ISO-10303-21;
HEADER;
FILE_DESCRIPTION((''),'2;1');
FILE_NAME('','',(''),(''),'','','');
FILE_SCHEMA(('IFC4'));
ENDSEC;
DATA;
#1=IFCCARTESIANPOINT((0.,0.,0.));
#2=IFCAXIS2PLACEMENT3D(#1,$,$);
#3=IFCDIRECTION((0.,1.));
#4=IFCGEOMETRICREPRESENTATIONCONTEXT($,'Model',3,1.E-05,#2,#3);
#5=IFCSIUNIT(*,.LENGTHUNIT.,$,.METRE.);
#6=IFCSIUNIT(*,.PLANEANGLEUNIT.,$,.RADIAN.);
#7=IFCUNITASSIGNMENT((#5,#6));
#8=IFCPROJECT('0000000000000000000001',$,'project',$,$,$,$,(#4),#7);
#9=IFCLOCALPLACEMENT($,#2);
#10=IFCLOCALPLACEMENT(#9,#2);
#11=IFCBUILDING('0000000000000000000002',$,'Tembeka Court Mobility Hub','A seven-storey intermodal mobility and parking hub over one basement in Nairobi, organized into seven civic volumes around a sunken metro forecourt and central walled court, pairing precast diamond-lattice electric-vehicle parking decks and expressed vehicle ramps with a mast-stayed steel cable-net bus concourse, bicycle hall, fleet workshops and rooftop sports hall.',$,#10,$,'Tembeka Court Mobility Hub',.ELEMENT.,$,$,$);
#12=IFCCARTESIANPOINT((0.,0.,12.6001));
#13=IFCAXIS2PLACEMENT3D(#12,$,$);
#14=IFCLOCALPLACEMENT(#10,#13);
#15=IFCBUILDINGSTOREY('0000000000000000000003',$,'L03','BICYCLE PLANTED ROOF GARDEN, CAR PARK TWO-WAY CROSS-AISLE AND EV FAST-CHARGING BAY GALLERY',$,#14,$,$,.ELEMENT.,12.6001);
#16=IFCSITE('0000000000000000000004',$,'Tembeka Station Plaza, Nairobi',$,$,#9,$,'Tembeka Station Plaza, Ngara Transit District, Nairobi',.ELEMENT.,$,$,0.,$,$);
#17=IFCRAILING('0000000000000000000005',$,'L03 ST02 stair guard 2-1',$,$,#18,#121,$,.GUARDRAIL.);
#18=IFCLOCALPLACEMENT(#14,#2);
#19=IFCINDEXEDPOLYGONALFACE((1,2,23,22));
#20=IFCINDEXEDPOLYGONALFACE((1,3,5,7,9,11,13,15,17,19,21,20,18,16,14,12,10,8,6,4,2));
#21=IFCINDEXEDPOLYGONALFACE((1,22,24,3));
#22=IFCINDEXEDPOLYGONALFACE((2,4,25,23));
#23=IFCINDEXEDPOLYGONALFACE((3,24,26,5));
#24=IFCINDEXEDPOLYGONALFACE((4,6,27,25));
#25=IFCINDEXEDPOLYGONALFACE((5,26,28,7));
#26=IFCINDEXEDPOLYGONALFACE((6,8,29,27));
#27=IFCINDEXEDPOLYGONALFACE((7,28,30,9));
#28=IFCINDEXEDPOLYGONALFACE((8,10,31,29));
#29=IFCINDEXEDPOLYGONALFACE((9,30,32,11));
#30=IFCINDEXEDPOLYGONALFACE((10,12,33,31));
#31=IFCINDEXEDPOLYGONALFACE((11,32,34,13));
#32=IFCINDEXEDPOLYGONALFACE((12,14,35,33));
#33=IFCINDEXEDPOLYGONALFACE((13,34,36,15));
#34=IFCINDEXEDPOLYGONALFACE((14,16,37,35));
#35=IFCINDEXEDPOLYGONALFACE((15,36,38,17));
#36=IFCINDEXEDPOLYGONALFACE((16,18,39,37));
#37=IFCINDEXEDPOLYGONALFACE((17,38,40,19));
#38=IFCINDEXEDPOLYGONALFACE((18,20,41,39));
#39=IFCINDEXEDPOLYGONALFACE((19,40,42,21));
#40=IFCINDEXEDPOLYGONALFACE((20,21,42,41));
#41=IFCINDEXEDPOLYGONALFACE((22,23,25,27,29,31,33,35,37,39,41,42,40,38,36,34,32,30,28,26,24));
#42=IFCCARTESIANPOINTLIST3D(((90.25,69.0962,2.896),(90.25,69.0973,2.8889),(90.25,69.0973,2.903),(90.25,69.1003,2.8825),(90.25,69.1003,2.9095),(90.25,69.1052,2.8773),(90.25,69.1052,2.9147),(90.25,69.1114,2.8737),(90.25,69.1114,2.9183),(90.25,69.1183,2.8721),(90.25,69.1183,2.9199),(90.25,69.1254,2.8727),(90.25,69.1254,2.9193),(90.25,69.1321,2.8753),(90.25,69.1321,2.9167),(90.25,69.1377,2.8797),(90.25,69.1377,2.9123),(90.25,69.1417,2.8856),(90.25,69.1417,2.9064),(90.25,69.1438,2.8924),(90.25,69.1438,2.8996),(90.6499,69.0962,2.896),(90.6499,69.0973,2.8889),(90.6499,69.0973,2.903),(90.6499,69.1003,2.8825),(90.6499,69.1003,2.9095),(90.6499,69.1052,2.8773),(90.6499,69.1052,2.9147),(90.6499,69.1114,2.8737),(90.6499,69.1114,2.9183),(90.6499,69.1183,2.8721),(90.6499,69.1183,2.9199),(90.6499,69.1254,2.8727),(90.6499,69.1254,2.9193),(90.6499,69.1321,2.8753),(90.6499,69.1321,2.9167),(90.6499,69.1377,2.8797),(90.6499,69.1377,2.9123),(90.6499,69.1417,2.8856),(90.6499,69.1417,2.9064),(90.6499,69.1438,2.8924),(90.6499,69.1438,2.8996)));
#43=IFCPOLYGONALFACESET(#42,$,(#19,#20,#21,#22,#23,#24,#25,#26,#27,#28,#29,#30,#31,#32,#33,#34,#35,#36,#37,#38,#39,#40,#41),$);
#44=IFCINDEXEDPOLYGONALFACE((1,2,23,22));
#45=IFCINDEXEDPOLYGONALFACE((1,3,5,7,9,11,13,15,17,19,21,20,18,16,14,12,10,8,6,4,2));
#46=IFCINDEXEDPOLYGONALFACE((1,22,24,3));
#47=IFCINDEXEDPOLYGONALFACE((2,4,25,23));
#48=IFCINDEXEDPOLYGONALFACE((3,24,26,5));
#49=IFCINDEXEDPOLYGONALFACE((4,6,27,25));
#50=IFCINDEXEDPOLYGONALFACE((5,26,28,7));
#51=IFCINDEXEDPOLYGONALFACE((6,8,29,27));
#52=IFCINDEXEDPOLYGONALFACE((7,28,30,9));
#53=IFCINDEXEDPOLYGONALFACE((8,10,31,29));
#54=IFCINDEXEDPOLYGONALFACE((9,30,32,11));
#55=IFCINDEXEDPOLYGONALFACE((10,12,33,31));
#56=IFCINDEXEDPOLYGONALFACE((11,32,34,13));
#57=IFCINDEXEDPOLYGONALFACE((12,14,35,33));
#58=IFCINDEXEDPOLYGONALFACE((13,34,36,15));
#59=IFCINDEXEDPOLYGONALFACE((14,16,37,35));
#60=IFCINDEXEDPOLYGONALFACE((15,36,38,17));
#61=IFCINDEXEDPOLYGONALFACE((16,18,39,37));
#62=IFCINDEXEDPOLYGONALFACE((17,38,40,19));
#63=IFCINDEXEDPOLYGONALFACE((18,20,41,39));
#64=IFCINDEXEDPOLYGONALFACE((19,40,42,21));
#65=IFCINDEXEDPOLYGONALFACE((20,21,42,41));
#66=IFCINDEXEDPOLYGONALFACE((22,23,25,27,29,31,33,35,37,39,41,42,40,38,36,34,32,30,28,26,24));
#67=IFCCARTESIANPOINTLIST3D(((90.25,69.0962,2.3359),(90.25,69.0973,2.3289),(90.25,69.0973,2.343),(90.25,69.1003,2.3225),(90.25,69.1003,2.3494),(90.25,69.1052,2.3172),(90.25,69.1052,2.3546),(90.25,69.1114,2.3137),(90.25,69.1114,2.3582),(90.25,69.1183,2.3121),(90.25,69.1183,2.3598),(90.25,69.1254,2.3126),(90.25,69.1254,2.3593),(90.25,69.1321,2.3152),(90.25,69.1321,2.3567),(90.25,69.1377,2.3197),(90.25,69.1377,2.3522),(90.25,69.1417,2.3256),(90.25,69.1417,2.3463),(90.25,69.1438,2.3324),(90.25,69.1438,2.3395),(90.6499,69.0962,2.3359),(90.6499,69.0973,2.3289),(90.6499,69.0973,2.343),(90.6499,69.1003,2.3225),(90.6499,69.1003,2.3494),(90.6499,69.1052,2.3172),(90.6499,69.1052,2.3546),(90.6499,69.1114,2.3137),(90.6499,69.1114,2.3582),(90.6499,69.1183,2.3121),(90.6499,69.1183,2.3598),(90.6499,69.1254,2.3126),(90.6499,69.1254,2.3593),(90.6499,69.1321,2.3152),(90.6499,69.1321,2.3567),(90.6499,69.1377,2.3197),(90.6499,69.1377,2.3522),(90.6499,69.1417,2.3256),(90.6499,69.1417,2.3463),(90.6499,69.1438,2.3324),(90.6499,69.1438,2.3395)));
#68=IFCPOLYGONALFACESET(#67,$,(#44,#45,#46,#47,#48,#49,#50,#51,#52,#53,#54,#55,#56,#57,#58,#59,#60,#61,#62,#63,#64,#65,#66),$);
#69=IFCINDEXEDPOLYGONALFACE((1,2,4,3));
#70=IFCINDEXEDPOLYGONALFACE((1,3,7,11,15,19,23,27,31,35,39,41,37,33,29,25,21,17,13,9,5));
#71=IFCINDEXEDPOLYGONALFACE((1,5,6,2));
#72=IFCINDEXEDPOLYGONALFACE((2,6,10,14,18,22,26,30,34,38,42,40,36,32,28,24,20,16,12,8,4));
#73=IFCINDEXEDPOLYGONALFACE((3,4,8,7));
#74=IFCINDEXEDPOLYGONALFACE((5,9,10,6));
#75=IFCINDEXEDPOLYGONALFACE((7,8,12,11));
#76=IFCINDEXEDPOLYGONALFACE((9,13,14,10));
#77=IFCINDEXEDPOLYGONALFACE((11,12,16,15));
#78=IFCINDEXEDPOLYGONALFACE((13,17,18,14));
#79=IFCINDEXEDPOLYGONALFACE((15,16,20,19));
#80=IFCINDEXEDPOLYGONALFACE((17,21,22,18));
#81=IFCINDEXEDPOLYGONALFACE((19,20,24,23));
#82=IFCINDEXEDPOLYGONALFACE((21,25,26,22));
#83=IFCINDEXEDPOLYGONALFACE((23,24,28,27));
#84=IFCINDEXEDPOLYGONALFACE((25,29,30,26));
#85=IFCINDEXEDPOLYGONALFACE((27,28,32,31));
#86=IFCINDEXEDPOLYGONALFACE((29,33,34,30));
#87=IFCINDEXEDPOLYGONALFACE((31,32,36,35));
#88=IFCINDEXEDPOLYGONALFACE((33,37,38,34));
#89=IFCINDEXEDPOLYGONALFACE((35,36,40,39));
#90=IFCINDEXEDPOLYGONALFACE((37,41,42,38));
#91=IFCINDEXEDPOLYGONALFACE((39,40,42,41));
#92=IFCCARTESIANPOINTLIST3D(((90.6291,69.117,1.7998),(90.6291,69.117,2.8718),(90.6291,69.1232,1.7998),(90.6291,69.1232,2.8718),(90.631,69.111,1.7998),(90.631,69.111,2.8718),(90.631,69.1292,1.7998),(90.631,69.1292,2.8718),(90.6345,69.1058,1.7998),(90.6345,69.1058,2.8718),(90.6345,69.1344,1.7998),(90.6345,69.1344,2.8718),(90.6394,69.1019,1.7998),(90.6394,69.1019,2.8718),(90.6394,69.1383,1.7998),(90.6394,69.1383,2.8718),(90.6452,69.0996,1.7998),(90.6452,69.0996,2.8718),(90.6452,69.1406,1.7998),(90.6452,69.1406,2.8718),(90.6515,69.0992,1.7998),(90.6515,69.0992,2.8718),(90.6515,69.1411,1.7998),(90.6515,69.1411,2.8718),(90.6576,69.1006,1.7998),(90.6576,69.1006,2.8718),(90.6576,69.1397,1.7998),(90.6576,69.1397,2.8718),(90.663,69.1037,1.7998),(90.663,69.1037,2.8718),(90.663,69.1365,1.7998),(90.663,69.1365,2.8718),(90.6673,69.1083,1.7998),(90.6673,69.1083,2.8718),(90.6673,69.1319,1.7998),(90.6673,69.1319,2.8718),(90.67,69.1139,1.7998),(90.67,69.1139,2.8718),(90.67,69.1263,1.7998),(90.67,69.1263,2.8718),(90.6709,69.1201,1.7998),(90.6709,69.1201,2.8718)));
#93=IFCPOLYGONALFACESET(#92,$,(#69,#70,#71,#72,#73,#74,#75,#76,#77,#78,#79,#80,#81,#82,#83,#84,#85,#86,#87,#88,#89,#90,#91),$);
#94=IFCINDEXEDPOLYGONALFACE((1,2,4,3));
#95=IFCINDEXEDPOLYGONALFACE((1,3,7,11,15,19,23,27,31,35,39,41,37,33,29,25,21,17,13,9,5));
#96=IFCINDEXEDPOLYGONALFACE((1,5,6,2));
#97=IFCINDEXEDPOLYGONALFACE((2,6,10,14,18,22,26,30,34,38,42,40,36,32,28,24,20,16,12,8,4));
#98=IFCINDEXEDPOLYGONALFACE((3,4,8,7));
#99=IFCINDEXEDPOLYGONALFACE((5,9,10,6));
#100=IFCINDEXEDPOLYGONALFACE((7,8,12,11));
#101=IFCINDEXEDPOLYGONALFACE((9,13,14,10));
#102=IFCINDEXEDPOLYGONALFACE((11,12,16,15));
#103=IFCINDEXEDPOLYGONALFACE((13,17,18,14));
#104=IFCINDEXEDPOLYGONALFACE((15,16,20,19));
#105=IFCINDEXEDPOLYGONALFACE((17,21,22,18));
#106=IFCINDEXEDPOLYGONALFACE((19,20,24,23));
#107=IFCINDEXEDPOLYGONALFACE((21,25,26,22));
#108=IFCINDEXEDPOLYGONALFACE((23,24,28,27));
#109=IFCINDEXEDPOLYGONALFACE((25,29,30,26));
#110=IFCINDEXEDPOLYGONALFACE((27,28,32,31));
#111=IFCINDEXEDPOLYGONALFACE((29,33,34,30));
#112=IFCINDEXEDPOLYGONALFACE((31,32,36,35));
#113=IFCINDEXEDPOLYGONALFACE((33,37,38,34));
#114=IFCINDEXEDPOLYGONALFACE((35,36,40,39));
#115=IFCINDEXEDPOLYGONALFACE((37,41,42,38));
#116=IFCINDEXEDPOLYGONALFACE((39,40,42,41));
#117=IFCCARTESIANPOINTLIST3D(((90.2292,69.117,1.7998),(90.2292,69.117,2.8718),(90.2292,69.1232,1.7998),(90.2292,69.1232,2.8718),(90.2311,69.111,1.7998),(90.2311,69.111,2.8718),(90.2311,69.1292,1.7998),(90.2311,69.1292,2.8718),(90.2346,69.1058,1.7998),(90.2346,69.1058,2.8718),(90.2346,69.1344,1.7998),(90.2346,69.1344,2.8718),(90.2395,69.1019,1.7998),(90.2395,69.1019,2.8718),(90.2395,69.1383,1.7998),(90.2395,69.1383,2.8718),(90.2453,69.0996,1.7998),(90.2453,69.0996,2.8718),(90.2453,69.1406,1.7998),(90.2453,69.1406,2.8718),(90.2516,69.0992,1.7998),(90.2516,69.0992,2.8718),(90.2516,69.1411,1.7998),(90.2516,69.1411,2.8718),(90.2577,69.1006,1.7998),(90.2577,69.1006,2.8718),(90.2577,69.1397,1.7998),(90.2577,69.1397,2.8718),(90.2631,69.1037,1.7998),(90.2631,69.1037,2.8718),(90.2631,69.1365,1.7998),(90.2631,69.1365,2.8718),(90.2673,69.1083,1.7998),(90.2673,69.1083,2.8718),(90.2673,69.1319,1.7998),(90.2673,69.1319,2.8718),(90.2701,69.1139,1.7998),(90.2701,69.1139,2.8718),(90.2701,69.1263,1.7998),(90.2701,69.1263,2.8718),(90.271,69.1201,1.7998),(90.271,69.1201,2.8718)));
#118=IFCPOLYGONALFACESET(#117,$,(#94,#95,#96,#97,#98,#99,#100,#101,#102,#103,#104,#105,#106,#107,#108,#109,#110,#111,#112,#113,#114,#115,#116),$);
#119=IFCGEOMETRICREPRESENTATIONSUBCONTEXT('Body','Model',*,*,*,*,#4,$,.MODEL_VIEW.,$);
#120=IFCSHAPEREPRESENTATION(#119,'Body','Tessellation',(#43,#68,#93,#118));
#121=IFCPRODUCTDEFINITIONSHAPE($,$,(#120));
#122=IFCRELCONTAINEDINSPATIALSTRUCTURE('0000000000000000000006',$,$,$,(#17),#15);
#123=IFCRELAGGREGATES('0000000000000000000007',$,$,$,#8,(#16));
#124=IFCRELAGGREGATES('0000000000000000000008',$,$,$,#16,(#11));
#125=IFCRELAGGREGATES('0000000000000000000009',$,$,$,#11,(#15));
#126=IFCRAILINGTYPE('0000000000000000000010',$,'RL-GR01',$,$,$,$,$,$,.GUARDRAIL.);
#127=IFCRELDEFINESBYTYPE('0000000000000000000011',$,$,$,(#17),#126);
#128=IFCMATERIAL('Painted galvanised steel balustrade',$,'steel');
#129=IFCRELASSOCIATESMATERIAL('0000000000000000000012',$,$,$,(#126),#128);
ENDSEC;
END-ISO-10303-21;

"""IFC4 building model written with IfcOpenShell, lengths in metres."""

from ifc_helpers import new_model, si_unit, direction, frame, origin, origin_2d, place, context, subcontext, project, spatial, circle, extrude, material, type_object, element, save


model = new_model("IFC4")

# Units and contexts
model_context = context("Model", 3, precision=1e-05, world=origin(), true_north=direction((0.0, 1.0)))
body_context = subcontext(model_context, "Body", "Model", "MODEL_VIEW")
ifc_project = project(units=[si_unit("LENGTHUNIT", "METRE"), si_unit("PLANEANGLEUNIT", "RADIAN")], contexts=[model_context])

# Site, building, storey
site_placement = place(None, origin())
site = spatial("IfcSite", under=ifc_project, at=site_placement, Name="Tembeka Station Plaza, Nairobi", LongName="Tembeka Station Plaza, Ngara Transit District, Nairobi", CompositionType="ELEMENT", RefElevation=0.0)
building_placement = place(site_placement, origin())
building = spatial("IfcBuilding", under=site, at=building_placement, Name="Tembeka Court Mobility Hub", Description="A seven-storey intermodal mobility and parking hub over one basement in Nairobi, organized into seven civic volumes around a sunken metro forecourt and central walled court, pairing precast diamond-lattice electric-vehicle parking decks and expressed vehicle ramps with a mast-stayed steel cable-net bus concourse, bicycle hall, fleet workshops and rooftop sports hall.", LongName="Tembeka Court Mobility Hub", CompositionType="ELEMENT")
storey_placement = place(building_placement, frame((0.0, 0.0, 12.6001)))
storey = spatial("IfcBuildingStorey", under=building, at=storey_placement, Name="L03", Description="BICYCLE PLANTED ROOF GARDEN, CAR PARK TWO-WAY CROSS-AISLE AND EV FAST-CHARGING BAY GALLERY", CompositionType="ELEMENT", Elevation=12.6001)

# Railing
ifc_material_1 = material(Name="Painted galvanised steel balustrade", Category="steel")
railing_type_1 = type_object("IfcRailingType", Name="RL-GR01", PredefinedType="GUARDRAIL", material=ifc_material_1)
railing_1_placement = place(storey_placement, frame((90.6499, 69.1201, 1.7998)))
element("IfcRailing", 1, at=railing_1_placement, inside=storey, type_object=railing_type_1, Name="L03 ST02 stair guard 2-1", PredefinedType="GUARDRAIL", context=body_context, shape_type="SweptSolid", body=[
    extrude(circle(Radius=0.0239, at=origin_2d()), frame((0.0, 0.0, 1.0962), z_axis=(-1.0, 0.0, 0.0), x_axis=(0.0, -1.0, 0.0)), (0.0, 0.0, 1.0), 0.3999),
    extrude(circle(Radius=0.0239, at=origin_2d()), frame((0.0, 0.0, 0.5361), z_axis=(-1.0, 0.0, 0.0), x_axis=(0.0, -1.0, 0.0)), (0.0, 0.0, 1.0), 0.3999),
    extrude(circle(Radius=0.021, at=origin_2d()), origin(), (0.0, 0.0, 1.0), 1.072),
    extrude(circle(Radius=0.021, at=origin_2d()), frame((-0.3999, 0.0, 0.0)), (0.0, 0.0, 1.0), 1.072),
])

save(model, "model.ifc")
